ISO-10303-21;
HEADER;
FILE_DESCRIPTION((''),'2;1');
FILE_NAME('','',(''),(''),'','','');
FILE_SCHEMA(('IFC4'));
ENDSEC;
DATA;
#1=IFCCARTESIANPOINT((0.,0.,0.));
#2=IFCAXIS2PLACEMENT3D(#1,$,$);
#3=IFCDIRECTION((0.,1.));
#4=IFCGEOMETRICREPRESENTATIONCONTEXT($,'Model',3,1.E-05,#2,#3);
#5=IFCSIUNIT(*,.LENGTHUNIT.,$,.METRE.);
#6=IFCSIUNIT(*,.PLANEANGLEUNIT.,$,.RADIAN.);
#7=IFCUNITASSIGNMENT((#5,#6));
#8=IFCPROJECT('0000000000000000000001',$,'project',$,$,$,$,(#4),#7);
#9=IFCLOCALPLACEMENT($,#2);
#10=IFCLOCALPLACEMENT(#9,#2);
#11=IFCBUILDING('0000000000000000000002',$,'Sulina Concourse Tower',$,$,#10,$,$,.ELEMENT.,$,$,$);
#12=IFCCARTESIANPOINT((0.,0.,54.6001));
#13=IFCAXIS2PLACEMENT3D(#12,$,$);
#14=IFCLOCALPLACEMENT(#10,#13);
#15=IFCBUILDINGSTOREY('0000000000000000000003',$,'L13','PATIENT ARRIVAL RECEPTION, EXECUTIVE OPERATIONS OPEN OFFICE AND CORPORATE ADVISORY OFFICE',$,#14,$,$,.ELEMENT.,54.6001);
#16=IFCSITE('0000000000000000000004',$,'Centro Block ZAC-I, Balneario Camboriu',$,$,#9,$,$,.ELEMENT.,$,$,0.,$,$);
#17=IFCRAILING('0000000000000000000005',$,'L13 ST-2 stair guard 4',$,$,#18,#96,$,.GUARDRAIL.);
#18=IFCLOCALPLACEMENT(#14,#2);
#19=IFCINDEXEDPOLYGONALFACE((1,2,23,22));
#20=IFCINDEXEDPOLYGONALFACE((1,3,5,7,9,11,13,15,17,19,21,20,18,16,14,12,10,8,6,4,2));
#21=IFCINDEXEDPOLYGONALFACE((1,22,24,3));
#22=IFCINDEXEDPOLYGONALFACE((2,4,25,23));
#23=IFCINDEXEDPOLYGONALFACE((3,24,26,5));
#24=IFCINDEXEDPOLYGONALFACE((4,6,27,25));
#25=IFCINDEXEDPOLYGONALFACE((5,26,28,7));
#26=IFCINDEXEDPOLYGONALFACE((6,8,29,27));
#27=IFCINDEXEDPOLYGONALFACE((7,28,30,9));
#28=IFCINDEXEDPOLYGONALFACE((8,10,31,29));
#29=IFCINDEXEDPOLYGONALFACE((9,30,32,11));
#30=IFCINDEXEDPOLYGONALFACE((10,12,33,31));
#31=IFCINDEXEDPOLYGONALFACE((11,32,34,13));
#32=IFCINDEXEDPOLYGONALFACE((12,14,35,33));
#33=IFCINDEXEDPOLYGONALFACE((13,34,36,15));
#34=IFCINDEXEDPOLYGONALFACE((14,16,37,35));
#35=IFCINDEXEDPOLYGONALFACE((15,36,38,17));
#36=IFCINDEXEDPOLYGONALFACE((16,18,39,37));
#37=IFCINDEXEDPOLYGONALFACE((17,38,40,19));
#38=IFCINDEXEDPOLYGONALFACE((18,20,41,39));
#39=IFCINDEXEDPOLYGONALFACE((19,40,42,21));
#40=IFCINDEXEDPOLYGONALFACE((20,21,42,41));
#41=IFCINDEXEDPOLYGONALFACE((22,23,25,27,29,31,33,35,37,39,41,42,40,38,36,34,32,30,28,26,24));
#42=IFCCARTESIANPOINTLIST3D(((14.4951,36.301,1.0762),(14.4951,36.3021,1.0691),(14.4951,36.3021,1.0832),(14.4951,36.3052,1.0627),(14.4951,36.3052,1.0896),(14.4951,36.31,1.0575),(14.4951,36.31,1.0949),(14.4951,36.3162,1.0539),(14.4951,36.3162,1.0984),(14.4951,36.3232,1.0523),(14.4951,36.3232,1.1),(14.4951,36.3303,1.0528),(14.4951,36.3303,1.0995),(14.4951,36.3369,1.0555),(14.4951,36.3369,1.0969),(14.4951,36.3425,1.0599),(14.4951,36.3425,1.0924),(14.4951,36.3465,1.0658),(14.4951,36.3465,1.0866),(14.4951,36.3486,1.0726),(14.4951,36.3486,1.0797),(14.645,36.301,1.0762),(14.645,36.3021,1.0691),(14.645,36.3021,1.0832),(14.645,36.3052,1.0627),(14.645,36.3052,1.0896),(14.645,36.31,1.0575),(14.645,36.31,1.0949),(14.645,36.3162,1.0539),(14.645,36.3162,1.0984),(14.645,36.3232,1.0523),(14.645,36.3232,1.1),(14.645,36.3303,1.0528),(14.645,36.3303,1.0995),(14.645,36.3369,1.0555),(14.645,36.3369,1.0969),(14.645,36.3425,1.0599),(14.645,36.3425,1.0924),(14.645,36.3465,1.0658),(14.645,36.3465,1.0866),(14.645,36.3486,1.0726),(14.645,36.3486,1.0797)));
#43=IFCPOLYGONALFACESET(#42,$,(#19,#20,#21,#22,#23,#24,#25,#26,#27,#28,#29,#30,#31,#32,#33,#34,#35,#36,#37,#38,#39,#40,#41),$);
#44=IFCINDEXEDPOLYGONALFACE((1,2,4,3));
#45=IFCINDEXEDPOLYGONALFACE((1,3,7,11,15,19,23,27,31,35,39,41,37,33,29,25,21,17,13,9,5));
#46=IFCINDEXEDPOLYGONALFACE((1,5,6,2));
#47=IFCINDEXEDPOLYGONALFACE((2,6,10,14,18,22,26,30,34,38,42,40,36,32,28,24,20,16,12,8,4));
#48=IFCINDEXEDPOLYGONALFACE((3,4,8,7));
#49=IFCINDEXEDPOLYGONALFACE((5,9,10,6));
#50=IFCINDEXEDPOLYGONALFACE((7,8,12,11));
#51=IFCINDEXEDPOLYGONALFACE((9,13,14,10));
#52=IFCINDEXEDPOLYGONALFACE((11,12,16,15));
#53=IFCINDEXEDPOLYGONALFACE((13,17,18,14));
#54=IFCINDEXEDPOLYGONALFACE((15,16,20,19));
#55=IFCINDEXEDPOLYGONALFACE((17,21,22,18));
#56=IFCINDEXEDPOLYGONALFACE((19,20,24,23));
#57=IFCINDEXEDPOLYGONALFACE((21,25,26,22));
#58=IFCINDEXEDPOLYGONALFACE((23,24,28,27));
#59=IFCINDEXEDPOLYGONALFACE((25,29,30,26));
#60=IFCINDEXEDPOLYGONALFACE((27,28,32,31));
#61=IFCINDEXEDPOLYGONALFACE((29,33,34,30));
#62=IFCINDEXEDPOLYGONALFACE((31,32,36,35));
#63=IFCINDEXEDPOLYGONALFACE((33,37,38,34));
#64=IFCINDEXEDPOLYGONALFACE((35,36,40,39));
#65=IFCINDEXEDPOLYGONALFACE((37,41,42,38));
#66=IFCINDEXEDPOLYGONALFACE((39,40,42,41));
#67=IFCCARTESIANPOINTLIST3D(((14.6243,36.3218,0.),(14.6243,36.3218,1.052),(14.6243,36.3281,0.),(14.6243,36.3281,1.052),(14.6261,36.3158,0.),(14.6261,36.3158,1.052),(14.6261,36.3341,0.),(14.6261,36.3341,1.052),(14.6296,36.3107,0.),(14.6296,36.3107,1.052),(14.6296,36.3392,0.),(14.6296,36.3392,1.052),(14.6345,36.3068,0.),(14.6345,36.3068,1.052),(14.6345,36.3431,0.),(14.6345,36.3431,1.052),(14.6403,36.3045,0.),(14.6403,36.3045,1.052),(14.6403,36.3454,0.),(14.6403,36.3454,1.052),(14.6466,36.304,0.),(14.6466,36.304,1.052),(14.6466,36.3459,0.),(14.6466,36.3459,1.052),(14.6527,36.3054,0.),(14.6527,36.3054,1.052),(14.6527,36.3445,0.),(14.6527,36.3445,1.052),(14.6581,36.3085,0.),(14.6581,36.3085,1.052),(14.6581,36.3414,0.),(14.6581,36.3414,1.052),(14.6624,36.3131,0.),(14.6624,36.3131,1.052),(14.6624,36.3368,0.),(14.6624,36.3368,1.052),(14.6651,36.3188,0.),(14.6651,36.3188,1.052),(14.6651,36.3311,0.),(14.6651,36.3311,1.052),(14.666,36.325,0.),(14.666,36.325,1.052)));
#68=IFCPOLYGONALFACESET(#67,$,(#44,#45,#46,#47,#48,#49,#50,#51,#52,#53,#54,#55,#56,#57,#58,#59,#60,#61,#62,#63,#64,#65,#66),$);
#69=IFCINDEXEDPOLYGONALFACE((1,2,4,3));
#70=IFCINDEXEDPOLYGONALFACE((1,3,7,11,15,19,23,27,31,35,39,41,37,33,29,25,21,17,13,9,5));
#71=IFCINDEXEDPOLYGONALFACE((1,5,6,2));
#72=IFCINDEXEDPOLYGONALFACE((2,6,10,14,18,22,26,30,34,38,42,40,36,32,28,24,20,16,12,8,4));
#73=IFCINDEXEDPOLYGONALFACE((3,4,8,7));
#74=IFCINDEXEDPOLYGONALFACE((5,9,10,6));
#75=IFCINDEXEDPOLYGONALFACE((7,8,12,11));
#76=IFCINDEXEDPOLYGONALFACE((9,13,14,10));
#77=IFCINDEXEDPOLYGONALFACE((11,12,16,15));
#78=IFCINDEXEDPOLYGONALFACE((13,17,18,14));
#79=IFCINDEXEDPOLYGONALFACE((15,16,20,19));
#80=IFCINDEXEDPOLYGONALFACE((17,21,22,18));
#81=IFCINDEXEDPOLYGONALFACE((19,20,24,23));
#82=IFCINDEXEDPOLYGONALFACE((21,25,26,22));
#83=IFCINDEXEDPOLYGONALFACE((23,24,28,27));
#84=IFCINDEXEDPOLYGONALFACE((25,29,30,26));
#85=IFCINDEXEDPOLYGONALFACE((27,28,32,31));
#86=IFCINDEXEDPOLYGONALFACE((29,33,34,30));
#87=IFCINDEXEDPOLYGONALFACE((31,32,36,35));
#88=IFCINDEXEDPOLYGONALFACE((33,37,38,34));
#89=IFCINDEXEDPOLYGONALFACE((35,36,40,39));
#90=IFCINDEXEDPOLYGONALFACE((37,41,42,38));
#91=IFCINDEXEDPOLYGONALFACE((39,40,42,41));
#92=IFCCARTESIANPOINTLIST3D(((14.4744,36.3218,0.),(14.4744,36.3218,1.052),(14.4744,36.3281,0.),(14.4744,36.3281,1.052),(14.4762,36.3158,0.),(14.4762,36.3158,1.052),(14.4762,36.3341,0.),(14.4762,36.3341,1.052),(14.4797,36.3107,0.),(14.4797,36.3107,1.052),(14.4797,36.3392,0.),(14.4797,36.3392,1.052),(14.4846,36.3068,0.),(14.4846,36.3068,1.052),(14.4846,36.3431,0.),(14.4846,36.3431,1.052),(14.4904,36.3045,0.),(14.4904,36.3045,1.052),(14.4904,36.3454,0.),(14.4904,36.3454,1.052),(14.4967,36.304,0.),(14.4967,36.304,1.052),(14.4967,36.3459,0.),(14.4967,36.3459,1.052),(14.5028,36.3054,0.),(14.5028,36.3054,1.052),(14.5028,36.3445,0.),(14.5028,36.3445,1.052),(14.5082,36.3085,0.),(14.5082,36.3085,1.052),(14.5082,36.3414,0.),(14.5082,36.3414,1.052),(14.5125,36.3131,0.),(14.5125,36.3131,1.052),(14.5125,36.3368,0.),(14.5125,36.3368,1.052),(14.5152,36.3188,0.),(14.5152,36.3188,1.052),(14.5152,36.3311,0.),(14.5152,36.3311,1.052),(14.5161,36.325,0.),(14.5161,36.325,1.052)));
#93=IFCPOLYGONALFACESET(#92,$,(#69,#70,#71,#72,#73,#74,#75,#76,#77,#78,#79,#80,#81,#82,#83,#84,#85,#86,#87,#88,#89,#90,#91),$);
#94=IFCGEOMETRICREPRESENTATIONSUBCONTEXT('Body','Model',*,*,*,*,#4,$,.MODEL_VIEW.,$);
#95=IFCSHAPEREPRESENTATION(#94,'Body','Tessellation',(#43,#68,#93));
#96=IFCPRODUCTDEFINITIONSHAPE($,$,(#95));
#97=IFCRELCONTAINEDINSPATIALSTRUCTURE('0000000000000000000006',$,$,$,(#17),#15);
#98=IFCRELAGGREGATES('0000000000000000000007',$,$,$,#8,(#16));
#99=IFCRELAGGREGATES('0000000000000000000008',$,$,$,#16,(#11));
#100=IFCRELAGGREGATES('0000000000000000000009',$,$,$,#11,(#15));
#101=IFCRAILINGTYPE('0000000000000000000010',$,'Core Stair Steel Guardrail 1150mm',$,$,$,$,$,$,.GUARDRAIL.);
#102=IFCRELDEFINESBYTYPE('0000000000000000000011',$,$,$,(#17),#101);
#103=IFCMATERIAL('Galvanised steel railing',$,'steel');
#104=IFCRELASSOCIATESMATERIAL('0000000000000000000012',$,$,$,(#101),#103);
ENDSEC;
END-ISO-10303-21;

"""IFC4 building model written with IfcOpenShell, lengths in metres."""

from ifc_helpers import new_model, si_unit, direction, frame, origin, origin_2d, place, context, subcontext, project, spatial, circle, extrude, material, type_object, element, save


model = new_model("IFC4")

# Units and contexts
model_context = context("Model", 3, precision=1e-05, world=origin(), true_north=direction((0.0, 1.0)))
body_context = subcontext(model_context, "Body", "Model", "MODEL_VIEW")
ifc_project = project(units=[si_unit("LENGTHUNIT", "METRE"), si_unit("PLANEANGLEUNIT", "RADIAN")], contexts=[model_context])

# Site, building, storey
site_placement = place(None, origin())
site = spatial("IfcSite", under=ifc_project, at=site_placement, Name="Centro Block ZAC-I, Balneario Camboriu", CompositionType="ELEMENT", RefElevation=0.0)
building_placement = place(site_placement, origin())
building = spatial("IfcBuilding", under=site, at=building_placement, Name="Sulina Concourse Tower", CompositionType="ELEMENT")
storey_placement = place(building_placement, frame((0.0, 0.0, 54.6001)))
storey = spatial("IfcBuildingStorey", under=building, at=storey_placement, Name="L13", Description="PATIENT ARRIVAL RECEPTION, EXECUTIVE OPERATIONS OPEN OFFICE AND CORPORATE ADVISORY OFFICE", CompositionType="ELEMENT", Elevation=54.6001)

# Railing
ifc_material_1 = material(Name="Galvanised steel railing", Category="steel")
railing_type_1 = type_object("IfcRailingType", Name="Core Stair Steel Guardrail 1150mm", PredefinedType="GUARDRAIL", material=ifc_material_1)
railing_1_placement = place(storey_placement, frame((14.645, 36.325, 0.0)))
element("IfcRailing", 1, at=railing_1_placement, inside=storey, type_object=railing_type_1, Name="L13 ST-2 stair guard 4", PredefinedType="GUARDRAIL", context=body_context, shape_type="SweptSolid", body=[
    extrude(circle(Radius=0.0239, at=origin_2d()), frame((0.0, 0.0, 1.0762), z_axis=(-1.0, 0.0, 0.0), x_axis=(0.0, -1.0, 0.0)), (0.0, 0.0, 1.0), 0.1499),
    extrude(circle(Radius=0.021, at=origin_2d()), origin(), (0.0, 0.0, 1.0), 1.052),
    extrude(circle(Radius=0.021, at=origin_2d()), frame((-0.1499, 0.0, 0.0)), (0.0, 0.0, 1.0), 1.052),
])

save(model, "model.ifc")
